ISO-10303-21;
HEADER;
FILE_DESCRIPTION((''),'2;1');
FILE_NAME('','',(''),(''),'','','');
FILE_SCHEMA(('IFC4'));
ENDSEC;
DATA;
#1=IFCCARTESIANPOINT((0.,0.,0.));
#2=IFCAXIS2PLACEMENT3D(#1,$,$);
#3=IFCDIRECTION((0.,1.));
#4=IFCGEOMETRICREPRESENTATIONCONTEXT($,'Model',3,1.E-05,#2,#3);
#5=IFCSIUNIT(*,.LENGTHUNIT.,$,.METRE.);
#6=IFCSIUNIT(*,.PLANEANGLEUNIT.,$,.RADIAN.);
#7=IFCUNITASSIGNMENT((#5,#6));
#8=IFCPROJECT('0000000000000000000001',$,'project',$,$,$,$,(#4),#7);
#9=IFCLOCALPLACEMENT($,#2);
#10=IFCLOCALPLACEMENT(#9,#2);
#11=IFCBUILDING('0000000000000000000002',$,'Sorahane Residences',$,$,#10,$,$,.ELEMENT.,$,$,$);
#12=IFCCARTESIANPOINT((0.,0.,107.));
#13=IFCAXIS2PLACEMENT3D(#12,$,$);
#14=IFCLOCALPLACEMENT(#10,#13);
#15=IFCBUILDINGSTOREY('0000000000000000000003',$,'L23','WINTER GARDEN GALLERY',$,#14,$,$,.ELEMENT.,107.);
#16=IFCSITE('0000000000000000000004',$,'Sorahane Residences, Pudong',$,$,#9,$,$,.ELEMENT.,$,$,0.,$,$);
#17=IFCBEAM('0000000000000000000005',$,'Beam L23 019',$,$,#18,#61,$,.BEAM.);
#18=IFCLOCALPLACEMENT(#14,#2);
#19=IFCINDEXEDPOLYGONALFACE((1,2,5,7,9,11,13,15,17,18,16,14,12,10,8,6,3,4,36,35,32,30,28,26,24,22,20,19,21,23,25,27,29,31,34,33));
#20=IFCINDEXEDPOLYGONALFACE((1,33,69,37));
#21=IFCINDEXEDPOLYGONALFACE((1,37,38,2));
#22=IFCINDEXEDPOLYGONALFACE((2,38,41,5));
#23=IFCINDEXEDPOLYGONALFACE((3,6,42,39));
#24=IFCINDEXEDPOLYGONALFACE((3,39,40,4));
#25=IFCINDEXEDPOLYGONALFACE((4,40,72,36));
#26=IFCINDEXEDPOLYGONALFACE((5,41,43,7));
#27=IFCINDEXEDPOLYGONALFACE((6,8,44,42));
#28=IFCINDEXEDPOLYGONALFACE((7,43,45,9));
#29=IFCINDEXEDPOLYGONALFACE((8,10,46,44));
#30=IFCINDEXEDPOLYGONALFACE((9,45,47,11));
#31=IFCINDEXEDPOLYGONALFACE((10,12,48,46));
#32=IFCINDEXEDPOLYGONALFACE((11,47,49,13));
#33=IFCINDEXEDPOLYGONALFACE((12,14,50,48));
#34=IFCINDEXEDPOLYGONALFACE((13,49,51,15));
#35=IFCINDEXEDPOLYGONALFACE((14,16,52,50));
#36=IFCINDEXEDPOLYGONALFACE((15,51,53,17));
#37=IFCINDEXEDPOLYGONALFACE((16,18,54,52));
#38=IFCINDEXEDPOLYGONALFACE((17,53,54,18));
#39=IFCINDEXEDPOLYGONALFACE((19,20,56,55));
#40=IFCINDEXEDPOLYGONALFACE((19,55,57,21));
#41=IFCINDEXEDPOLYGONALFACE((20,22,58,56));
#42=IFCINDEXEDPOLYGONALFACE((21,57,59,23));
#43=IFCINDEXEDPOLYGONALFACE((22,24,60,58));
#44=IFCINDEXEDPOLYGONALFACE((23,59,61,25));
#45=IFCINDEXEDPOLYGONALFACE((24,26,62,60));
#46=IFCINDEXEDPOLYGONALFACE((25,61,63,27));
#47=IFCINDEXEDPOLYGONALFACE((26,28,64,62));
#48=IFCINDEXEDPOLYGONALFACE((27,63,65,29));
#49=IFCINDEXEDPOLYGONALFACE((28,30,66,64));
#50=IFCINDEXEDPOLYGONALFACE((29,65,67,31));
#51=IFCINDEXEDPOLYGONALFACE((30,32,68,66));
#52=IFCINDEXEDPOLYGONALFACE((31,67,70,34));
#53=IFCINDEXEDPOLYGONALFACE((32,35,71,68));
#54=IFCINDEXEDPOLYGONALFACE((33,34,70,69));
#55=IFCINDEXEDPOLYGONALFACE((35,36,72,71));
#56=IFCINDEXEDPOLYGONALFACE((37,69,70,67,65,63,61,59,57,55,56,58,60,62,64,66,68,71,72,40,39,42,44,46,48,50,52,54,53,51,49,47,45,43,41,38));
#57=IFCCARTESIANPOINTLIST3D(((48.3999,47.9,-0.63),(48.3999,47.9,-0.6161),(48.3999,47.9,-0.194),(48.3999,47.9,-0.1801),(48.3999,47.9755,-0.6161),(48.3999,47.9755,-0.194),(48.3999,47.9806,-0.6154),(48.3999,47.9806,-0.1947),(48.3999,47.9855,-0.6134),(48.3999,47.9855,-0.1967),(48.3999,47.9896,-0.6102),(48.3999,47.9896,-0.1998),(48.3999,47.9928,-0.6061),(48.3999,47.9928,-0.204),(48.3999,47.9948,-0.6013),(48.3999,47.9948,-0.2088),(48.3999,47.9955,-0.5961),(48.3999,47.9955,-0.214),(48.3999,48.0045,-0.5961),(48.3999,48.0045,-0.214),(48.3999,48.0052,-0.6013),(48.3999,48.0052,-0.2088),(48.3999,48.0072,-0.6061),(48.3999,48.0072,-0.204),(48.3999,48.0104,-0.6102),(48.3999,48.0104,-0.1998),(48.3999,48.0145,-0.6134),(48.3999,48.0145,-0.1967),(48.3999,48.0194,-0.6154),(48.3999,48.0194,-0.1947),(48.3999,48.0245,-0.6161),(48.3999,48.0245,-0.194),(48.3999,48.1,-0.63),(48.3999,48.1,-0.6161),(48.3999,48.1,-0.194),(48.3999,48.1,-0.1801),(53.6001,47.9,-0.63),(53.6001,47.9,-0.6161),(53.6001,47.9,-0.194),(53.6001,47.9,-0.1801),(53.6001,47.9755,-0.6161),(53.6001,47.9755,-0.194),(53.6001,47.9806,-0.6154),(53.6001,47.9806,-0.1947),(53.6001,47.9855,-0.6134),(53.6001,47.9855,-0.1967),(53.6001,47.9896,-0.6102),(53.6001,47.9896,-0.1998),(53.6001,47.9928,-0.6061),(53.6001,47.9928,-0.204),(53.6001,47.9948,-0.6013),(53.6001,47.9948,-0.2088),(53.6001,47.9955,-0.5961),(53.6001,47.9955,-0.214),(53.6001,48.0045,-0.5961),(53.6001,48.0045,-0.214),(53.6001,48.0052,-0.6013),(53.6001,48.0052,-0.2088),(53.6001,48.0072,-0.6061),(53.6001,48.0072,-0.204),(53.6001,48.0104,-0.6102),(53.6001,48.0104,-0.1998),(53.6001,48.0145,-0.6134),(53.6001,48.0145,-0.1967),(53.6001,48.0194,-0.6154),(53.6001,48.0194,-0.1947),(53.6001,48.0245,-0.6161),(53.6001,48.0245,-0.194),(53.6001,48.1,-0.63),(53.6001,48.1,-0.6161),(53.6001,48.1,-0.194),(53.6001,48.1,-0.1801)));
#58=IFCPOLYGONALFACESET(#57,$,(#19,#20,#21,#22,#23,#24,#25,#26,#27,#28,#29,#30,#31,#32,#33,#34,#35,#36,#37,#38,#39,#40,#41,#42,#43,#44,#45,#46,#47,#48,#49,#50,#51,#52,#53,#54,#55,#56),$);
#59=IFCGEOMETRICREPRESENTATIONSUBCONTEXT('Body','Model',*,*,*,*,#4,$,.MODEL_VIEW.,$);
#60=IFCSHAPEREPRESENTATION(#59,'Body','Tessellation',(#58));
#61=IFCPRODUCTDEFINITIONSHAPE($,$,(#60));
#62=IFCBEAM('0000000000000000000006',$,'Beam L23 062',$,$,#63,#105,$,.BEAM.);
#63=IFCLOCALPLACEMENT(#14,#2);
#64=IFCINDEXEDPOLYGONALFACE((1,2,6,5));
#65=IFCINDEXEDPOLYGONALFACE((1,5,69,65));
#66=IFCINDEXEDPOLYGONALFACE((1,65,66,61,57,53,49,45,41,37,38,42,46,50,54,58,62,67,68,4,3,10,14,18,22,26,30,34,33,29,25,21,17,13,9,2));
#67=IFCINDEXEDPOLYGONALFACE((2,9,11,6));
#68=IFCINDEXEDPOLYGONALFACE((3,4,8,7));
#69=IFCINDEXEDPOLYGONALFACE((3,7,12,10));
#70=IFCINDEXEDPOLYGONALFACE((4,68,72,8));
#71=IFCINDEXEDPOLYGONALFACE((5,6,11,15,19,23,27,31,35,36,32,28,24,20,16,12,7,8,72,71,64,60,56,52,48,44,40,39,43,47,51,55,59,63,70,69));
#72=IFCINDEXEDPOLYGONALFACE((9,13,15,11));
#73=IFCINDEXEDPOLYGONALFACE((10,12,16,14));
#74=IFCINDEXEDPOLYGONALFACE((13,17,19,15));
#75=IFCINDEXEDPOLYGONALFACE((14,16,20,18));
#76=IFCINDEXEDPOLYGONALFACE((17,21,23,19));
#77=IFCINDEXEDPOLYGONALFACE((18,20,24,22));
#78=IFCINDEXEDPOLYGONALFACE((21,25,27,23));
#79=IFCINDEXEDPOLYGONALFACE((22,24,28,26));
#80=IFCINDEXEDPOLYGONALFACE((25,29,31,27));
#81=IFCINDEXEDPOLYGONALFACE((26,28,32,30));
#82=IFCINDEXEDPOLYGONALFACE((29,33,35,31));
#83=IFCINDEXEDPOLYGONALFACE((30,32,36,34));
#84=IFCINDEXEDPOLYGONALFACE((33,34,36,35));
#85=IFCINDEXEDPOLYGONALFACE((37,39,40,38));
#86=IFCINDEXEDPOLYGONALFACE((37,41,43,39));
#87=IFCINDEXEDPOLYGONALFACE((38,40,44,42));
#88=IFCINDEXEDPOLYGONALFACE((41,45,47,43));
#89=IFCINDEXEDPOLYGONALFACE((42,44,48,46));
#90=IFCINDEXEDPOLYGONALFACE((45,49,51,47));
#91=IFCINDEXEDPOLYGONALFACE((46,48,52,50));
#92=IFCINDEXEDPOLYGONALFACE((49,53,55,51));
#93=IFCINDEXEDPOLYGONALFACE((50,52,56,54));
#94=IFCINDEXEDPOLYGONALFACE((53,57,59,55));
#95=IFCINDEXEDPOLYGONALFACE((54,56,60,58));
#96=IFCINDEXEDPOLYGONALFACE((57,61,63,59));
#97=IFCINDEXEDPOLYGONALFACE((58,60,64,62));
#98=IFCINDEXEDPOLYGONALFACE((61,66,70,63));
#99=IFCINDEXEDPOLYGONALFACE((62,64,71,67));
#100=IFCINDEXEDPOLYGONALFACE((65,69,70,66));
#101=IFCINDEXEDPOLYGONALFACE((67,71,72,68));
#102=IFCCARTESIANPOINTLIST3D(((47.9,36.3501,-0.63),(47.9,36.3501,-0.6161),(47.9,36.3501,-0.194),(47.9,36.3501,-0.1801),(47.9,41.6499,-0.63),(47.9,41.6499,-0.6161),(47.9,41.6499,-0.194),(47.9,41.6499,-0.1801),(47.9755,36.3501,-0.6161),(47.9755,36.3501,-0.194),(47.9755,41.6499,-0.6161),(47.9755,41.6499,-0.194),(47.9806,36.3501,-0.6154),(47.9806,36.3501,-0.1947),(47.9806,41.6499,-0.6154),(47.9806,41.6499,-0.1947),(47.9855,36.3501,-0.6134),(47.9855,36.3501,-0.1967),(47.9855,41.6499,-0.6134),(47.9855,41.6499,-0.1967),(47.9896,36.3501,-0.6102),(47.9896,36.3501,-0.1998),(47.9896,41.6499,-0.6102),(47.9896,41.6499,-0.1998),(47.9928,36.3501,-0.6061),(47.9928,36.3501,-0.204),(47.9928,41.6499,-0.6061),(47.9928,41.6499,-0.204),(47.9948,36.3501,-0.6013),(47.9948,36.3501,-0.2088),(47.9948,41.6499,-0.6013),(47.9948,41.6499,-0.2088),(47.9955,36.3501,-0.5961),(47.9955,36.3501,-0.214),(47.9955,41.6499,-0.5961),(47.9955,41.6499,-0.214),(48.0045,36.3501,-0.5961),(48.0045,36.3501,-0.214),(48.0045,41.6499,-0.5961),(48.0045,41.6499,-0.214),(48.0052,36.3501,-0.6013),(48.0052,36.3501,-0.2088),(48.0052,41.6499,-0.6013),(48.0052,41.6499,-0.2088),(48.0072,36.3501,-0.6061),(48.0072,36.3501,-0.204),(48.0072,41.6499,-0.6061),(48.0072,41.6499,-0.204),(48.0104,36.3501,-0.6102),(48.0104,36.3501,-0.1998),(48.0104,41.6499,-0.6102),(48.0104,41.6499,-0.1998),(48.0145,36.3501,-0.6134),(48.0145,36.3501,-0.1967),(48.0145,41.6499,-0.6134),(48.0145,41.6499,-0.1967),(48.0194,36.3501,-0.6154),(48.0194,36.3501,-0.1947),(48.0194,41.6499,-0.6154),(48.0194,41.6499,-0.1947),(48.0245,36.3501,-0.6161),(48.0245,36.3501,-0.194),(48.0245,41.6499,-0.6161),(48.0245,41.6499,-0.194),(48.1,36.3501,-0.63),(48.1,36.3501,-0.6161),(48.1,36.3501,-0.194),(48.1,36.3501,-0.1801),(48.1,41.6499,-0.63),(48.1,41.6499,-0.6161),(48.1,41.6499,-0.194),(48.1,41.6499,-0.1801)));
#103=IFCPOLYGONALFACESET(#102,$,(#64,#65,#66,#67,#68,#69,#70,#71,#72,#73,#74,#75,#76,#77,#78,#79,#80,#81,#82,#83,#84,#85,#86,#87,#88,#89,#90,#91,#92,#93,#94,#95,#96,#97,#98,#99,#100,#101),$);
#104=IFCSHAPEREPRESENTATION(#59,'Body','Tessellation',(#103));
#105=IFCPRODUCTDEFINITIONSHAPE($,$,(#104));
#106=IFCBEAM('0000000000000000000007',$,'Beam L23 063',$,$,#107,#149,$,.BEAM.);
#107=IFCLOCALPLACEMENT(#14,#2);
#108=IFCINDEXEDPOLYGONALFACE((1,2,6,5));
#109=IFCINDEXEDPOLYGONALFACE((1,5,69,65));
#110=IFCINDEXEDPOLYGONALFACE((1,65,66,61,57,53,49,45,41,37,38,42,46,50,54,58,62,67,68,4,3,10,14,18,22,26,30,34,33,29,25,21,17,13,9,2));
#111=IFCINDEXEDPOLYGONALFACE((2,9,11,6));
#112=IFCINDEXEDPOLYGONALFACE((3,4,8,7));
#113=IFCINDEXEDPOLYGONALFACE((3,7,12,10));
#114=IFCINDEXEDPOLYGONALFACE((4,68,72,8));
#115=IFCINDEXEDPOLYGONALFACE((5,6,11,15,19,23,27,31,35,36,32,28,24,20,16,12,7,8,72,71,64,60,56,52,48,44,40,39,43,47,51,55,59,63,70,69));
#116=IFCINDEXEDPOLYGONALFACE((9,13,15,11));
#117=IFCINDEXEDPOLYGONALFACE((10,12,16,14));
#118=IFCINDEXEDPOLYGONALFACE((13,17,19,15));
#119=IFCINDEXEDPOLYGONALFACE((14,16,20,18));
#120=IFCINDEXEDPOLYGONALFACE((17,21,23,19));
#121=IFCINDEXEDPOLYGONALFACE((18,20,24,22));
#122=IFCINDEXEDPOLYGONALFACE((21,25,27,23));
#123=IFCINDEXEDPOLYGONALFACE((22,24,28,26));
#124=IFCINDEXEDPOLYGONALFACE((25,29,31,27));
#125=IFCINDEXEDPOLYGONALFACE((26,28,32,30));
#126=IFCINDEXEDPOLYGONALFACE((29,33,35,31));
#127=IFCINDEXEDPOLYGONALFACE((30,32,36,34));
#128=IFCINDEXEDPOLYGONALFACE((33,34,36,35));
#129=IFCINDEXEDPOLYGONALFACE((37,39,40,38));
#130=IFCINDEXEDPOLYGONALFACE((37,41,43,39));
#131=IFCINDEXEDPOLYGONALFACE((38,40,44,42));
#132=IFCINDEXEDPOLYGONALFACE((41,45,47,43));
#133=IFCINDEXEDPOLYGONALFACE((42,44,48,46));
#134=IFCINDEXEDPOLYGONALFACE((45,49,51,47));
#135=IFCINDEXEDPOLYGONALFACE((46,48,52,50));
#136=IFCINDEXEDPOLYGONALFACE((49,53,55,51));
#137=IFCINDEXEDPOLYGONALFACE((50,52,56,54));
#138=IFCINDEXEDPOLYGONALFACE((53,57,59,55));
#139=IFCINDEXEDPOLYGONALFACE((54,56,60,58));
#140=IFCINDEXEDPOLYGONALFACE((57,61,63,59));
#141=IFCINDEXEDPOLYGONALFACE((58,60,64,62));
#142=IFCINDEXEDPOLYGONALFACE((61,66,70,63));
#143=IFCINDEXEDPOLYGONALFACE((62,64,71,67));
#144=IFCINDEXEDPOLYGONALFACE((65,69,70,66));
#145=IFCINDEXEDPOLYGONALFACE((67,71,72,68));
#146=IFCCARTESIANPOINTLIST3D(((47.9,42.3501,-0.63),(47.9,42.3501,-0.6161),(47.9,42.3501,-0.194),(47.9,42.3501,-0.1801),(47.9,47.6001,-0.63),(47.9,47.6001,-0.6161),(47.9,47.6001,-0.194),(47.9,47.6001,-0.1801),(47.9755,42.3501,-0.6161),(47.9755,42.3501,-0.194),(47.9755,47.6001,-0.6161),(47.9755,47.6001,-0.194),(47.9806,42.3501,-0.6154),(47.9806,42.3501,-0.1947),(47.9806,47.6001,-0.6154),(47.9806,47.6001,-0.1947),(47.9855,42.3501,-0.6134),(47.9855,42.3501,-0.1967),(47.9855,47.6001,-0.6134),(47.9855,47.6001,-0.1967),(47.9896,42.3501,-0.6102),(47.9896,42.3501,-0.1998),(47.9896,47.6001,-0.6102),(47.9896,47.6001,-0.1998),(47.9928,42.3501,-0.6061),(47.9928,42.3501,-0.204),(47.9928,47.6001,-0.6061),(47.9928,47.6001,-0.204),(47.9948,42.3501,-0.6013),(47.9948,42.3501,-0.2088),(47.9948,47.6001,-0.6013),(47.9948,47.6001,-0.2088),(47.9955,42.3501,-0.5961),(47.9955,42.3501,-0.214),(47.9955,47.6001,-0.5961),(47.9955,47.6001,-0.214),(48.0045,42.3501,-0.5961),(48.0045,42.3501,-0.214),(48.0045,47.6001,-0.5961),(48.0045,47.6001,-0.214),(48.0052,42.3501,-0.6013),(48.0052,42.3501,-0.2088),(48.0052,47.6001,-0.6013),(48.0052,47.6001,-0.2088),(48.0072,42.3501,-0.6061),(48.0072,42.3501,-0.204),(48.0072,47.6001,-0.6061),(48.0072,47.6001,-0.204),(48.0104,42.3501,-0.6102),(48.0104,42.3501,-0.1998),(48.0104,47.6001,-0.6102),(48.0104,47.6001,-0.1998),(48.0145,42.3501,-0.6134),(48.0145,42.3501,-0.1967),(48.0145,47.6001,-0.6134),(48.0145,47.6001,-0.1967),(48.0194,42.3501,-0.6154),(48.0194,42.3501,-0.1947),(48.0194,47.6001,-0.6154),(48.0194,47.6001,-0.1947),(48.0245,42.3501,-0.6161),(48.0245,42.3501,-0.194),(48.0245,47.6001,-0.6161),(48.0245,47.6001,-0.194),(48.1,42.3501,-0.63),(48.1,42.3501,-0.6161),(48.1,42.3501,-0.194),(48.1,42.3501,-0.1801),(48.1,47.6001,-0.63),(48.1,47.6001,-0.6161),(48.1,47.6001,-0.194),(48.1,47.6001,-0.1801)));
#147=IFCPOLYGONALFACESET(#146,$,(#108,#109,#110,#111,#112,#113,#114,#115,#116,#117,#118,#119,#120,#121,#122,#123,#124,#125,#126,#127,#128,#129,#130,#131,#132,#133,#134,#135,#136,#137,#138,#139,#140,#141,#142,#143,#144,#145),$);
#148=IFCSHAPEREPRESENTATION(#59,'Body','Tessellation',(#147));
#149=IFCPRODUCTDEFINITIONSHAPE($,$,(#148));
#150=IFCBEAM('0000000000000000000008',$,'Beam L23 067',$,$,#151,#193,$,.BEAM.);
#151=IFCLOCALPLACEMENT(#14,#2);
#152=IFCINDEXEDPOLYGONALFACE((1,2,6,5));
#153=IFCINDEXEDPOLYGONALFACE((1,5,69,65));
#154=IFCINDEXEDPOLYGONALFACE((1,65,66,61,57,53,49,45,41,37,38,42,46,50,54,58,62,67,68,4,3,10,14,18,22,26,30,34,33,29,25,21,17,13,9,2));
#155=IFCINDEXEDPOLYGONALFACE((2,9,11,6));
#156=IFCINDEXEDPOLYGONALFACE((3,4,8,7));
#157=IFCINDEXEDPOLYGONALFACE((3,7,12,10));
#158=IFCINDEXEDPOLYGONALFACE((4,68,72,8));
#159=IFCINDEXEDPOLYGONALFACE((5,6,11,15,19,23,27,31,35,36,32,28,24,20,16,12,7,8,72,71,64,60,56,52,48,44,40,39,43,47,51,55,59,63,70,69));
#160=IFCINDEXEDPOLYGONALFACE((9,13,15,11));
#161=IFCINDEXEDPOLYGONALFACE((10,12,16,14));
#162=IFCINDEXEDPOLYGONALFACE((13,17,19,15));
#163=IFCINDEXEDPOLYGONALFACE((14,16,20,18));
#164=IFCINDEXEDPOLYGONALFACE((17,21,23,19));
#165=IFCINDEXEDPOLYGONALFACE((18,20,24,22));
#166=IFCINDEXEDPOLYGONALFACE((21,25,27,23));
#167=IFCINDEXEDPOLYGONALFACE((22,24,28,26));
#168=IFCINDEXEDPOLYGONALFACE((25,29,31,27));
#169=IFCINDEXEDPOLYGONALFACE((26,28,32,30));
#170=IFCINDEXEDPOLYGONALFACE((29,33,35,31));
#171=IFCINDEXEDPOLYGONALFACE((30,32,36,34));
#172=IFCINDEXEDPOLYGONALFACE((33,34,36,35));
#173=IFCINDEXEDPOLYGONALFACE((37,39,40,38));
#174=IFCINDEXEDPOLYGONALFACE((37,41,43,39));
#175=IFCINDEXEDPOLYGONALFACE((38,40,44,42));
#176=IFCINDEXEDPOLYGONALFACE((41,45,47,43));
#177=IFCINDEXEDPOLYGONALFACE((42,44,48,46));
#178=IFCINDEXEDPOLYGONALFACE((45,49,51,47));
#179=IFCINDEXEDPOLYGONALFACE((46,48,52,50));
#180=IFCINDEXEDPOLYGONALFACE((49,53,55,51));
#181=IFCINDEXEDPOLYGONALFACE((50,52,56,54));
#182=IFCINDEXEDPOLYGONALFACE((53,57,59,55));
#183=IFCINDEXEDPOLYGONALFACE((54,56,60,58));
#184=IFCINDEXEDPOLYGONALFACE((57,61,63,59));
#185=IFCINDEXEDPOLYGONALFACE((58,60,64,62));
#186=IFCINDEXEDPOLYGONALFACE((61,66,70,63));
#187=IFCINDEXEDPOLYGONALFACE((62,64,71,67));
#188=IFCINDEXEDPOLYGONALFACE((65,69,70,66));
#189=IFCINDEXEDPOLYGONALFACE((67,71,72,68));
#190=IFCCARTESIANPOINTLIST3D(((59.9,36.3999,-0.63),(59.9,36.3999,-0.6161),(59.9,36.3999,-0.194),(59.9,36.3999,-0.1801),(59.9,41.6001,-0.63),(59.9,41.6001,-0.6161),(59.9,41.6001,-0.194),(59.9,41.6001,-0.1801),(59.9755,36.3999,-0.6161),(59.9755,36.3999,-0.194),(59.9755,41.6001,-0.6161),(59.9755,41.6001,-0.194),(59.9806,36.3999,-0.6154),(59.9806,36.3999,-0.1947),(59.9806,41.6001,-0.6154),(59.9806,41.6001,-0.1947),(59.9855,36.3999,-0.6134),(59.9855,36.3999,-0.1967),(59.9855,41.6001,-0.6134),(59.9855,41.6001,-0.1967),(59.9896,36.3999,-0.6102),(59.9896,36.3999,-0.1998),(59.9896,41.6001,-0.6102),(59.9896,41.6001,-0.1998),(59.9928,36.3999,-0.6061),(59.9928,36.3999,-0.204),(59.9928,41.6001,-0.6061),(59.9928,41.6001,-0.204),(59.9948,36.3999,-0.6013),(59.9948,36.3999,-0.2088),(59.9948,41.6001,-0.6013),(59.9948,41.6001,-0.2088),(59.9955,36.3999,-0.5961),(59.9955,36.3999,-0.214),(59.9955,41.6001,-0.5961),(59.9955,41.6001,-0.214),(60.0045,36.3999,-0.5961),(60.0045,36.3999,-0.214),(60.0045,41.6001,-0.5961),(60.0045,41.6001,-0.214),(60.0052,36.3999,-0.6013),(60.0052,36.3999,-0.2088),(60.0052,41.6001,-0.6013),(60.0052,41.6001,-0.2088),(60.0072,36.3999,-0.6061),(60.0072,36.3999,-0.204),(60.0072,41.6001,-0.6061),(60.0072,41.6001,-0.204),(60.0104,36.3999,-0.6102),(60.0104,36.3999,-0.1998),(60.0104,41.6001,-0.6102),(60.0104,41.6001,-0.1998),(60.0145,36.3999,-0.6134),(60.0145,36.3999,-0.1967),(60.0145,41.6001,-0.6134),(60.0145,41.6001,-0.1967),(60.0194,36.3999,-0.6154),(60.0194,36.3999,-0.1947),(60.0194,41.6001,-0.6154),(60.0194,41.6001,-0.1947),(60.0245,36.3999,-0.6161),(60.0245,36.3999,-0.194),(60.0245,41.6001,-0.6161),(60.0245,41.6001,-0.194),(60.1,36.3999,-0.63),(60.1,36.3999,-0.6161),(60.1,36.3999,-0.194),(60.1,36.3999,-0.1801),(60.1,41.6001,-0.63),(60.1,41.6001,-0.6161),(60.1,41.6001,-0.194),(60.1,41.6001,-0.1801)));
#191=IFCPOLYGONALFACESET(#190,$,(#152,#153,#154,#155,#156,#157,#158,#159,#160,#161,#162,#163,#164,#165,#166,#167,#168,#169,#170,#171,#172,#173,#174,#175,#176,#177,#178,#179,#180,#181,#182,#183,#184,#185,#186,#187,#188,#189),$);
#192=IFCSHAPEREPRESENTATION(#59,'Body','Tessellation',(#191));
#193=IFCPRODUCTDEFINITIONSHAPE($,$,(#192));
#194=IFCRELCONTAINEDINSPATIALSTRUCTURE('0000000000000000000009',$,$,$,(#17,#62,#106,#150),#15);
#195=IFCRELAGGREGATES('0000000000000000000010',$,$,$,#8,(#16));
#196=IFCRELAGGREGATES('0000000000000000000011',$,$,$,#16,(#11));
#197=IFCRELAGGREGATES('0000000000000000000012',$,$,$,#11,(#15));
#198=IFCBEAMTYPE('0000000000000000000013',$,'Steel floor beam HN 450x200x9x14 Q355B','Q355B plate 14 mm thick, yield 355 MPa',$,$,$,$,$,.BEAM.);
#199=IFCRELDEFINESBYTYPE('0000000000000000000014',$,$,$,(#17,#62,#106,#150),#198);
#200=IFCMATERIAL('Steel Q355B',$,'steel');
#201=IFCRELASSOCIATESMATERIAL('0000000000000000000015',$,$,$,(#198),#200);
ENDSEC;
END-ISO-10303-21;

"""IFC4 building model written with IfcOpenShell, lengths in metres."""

from ifc_helpers import new_model, si_unit, direction, frame, origin, origin_2d, place, context, subcontext, project, spatial, i_section, extrude, material, material_profile, profile_set, type_object, element, save


model = new_model("IFC4")

# Units and contexts
model_context = context("Model", 3, precision=1e-05, world=origin(), true_north=direction((0.0, 1.0)))
body_context = subcontext(model_context, "Body", "Model", "MODEL_VIEW")
ifc_project = project(units=[si_unit("LENGTHUNIT", "METRE"), si_unit("PLANEANGLEUNIT", "RADIAN")], contexts=[model_context])

# Site, building, storey
site_placement = place(None, origin())
site = spatial("IfcSite", under=ifc_project, at=site_placement, Name="Sorahane Residences, Pudong", CompositionType="ELEMENT", RefElevation=0.0)
building_placement = place(site_placement, origin())
building = spatial("IfcBuilding", under=site, at=building_placement, Name="Sorahane Residences", CompositionType="ELEMENT")
storey_placement = place(building_placement, frame((0.0, 0.0, 107.0)))
storey = spatial("IfcBuildingStorey", under=building, at=storey_placement, Name="L23", Description="WINTER GARDEN GALLERY", CompositionType="ELEMENT", Elevation=107.0)

# Beams
ifc_material_1 = material(Name="Steel Q355B", Category="steel")
ifc_material_profile_1 = material_profile(ifc_material_1, i_section(OverallWidth=0.2, OverallDepth=0.45, WebThickness=0.009, FlangeThickness=0.0139, FilletRadius=0.02, at=origin_2d()), Name="HN 450x200x9x14")
ifc_profile_set_1 = profile_set([ifc_material_profile_1], Name="Steel Q355B")
beam_type_1 = type_object("IfcBeamType", Name="Steel floor beam HN 450x200x9x14 Q355B", Description="Q355B plate 14 mm thick, yield 355 MPa", PredefinedType="BEAM", material=ifc_profile_set_1)
beam_1_placement = place(storey_placement, frame((48.3999, 48.0, -0.405), z_axis=(1.0, 0.0, 0.0), x_axis=(0.0, 1.0, 0.0)))
element("IfcBeam", 1, at=beam_1_placement, inside=storey, type_object=beam_type_1, Name="Beam L23 019", PredefinedType="BEAM", context=body_context, shape_type="SweptSolid", body=[
    extrude(i_section(OverallWidth=0.2, OverallDepth=0.45, WebThickness=0.009, FlangeThickness=0.0139, FilletRadius=0.02, at=origin_2d()), origin(), (0.0, 0.0, 1.0), 5.2002),
])
beam_2_placement = place(storey_placement, frame((48.0, 36.3501, -0.405), z_axis=(0.0, 1.0, 0.0), x_axis=(-1.0, 0.0, 0.0)))
element("IfcBeam", 2, at=beam_2_placement, inside=storey, type_object=beam_type_1, Name="Beam L23 062", PredefinedType="BEAM", context=body_context, shape_type="SweptSolid", body=[
    extrude(i_section(OverallWidth=0.2, OverallDepth=0.45, WebThickness=0.009, FlangeThickness=0.0139, FilletRadius=0.02, at=origin_2d()), origin(), (0.0, 0.0, 1.0), 5.2998),
])
beam_3_placement = place(storey_placement, frame((48.0, 42.3501, -0.405), z_axis=(0.0, 1.0, 0.0), x_axis=(-1.0, 0.0, 0.0)))
element("IfcBeam", 3, at=beam_3_placement, inside=storey, type_object=beam_type_1, Name="Beam L23 063", PredefinedType="BEAM", context=body_context, shape_type="SweptSolid", body=[
    extrude(i_section(OverallWidth=0.2, OverallDepth=0.45, WebThickness=0.009, FlangeThickness=0.0139, FilletRadius=0.02, at=origin_2d()), origin(), (0.0, 0.0, 1.0), 5.25),
])
beam_4_placement = place(storey_placement, frame((60.0, 36.3999, -0.405), z_axis=(0.0, 1.0, 0.0), x_axis=(-1.0, 0.0, 0.0)))
element("IfcBeam", 4, at=beam_4_placement, inside=storey, type_object=beam_type_1, Name="Beam L23 067", PredefinedType="BEAM", context=body_context, shape_type="SweptSolid", body=[
    extrude(i_section(OverallWidth=0.2, OverallDepth=0.45, WebThickness=0.009, FlangeThickness=0.0139, FilletRadius=0.02, at=origin_2d()), origin(), (0.0, 0.0, 1.0), 5.2002),
])

save(model, "model.ifc")
